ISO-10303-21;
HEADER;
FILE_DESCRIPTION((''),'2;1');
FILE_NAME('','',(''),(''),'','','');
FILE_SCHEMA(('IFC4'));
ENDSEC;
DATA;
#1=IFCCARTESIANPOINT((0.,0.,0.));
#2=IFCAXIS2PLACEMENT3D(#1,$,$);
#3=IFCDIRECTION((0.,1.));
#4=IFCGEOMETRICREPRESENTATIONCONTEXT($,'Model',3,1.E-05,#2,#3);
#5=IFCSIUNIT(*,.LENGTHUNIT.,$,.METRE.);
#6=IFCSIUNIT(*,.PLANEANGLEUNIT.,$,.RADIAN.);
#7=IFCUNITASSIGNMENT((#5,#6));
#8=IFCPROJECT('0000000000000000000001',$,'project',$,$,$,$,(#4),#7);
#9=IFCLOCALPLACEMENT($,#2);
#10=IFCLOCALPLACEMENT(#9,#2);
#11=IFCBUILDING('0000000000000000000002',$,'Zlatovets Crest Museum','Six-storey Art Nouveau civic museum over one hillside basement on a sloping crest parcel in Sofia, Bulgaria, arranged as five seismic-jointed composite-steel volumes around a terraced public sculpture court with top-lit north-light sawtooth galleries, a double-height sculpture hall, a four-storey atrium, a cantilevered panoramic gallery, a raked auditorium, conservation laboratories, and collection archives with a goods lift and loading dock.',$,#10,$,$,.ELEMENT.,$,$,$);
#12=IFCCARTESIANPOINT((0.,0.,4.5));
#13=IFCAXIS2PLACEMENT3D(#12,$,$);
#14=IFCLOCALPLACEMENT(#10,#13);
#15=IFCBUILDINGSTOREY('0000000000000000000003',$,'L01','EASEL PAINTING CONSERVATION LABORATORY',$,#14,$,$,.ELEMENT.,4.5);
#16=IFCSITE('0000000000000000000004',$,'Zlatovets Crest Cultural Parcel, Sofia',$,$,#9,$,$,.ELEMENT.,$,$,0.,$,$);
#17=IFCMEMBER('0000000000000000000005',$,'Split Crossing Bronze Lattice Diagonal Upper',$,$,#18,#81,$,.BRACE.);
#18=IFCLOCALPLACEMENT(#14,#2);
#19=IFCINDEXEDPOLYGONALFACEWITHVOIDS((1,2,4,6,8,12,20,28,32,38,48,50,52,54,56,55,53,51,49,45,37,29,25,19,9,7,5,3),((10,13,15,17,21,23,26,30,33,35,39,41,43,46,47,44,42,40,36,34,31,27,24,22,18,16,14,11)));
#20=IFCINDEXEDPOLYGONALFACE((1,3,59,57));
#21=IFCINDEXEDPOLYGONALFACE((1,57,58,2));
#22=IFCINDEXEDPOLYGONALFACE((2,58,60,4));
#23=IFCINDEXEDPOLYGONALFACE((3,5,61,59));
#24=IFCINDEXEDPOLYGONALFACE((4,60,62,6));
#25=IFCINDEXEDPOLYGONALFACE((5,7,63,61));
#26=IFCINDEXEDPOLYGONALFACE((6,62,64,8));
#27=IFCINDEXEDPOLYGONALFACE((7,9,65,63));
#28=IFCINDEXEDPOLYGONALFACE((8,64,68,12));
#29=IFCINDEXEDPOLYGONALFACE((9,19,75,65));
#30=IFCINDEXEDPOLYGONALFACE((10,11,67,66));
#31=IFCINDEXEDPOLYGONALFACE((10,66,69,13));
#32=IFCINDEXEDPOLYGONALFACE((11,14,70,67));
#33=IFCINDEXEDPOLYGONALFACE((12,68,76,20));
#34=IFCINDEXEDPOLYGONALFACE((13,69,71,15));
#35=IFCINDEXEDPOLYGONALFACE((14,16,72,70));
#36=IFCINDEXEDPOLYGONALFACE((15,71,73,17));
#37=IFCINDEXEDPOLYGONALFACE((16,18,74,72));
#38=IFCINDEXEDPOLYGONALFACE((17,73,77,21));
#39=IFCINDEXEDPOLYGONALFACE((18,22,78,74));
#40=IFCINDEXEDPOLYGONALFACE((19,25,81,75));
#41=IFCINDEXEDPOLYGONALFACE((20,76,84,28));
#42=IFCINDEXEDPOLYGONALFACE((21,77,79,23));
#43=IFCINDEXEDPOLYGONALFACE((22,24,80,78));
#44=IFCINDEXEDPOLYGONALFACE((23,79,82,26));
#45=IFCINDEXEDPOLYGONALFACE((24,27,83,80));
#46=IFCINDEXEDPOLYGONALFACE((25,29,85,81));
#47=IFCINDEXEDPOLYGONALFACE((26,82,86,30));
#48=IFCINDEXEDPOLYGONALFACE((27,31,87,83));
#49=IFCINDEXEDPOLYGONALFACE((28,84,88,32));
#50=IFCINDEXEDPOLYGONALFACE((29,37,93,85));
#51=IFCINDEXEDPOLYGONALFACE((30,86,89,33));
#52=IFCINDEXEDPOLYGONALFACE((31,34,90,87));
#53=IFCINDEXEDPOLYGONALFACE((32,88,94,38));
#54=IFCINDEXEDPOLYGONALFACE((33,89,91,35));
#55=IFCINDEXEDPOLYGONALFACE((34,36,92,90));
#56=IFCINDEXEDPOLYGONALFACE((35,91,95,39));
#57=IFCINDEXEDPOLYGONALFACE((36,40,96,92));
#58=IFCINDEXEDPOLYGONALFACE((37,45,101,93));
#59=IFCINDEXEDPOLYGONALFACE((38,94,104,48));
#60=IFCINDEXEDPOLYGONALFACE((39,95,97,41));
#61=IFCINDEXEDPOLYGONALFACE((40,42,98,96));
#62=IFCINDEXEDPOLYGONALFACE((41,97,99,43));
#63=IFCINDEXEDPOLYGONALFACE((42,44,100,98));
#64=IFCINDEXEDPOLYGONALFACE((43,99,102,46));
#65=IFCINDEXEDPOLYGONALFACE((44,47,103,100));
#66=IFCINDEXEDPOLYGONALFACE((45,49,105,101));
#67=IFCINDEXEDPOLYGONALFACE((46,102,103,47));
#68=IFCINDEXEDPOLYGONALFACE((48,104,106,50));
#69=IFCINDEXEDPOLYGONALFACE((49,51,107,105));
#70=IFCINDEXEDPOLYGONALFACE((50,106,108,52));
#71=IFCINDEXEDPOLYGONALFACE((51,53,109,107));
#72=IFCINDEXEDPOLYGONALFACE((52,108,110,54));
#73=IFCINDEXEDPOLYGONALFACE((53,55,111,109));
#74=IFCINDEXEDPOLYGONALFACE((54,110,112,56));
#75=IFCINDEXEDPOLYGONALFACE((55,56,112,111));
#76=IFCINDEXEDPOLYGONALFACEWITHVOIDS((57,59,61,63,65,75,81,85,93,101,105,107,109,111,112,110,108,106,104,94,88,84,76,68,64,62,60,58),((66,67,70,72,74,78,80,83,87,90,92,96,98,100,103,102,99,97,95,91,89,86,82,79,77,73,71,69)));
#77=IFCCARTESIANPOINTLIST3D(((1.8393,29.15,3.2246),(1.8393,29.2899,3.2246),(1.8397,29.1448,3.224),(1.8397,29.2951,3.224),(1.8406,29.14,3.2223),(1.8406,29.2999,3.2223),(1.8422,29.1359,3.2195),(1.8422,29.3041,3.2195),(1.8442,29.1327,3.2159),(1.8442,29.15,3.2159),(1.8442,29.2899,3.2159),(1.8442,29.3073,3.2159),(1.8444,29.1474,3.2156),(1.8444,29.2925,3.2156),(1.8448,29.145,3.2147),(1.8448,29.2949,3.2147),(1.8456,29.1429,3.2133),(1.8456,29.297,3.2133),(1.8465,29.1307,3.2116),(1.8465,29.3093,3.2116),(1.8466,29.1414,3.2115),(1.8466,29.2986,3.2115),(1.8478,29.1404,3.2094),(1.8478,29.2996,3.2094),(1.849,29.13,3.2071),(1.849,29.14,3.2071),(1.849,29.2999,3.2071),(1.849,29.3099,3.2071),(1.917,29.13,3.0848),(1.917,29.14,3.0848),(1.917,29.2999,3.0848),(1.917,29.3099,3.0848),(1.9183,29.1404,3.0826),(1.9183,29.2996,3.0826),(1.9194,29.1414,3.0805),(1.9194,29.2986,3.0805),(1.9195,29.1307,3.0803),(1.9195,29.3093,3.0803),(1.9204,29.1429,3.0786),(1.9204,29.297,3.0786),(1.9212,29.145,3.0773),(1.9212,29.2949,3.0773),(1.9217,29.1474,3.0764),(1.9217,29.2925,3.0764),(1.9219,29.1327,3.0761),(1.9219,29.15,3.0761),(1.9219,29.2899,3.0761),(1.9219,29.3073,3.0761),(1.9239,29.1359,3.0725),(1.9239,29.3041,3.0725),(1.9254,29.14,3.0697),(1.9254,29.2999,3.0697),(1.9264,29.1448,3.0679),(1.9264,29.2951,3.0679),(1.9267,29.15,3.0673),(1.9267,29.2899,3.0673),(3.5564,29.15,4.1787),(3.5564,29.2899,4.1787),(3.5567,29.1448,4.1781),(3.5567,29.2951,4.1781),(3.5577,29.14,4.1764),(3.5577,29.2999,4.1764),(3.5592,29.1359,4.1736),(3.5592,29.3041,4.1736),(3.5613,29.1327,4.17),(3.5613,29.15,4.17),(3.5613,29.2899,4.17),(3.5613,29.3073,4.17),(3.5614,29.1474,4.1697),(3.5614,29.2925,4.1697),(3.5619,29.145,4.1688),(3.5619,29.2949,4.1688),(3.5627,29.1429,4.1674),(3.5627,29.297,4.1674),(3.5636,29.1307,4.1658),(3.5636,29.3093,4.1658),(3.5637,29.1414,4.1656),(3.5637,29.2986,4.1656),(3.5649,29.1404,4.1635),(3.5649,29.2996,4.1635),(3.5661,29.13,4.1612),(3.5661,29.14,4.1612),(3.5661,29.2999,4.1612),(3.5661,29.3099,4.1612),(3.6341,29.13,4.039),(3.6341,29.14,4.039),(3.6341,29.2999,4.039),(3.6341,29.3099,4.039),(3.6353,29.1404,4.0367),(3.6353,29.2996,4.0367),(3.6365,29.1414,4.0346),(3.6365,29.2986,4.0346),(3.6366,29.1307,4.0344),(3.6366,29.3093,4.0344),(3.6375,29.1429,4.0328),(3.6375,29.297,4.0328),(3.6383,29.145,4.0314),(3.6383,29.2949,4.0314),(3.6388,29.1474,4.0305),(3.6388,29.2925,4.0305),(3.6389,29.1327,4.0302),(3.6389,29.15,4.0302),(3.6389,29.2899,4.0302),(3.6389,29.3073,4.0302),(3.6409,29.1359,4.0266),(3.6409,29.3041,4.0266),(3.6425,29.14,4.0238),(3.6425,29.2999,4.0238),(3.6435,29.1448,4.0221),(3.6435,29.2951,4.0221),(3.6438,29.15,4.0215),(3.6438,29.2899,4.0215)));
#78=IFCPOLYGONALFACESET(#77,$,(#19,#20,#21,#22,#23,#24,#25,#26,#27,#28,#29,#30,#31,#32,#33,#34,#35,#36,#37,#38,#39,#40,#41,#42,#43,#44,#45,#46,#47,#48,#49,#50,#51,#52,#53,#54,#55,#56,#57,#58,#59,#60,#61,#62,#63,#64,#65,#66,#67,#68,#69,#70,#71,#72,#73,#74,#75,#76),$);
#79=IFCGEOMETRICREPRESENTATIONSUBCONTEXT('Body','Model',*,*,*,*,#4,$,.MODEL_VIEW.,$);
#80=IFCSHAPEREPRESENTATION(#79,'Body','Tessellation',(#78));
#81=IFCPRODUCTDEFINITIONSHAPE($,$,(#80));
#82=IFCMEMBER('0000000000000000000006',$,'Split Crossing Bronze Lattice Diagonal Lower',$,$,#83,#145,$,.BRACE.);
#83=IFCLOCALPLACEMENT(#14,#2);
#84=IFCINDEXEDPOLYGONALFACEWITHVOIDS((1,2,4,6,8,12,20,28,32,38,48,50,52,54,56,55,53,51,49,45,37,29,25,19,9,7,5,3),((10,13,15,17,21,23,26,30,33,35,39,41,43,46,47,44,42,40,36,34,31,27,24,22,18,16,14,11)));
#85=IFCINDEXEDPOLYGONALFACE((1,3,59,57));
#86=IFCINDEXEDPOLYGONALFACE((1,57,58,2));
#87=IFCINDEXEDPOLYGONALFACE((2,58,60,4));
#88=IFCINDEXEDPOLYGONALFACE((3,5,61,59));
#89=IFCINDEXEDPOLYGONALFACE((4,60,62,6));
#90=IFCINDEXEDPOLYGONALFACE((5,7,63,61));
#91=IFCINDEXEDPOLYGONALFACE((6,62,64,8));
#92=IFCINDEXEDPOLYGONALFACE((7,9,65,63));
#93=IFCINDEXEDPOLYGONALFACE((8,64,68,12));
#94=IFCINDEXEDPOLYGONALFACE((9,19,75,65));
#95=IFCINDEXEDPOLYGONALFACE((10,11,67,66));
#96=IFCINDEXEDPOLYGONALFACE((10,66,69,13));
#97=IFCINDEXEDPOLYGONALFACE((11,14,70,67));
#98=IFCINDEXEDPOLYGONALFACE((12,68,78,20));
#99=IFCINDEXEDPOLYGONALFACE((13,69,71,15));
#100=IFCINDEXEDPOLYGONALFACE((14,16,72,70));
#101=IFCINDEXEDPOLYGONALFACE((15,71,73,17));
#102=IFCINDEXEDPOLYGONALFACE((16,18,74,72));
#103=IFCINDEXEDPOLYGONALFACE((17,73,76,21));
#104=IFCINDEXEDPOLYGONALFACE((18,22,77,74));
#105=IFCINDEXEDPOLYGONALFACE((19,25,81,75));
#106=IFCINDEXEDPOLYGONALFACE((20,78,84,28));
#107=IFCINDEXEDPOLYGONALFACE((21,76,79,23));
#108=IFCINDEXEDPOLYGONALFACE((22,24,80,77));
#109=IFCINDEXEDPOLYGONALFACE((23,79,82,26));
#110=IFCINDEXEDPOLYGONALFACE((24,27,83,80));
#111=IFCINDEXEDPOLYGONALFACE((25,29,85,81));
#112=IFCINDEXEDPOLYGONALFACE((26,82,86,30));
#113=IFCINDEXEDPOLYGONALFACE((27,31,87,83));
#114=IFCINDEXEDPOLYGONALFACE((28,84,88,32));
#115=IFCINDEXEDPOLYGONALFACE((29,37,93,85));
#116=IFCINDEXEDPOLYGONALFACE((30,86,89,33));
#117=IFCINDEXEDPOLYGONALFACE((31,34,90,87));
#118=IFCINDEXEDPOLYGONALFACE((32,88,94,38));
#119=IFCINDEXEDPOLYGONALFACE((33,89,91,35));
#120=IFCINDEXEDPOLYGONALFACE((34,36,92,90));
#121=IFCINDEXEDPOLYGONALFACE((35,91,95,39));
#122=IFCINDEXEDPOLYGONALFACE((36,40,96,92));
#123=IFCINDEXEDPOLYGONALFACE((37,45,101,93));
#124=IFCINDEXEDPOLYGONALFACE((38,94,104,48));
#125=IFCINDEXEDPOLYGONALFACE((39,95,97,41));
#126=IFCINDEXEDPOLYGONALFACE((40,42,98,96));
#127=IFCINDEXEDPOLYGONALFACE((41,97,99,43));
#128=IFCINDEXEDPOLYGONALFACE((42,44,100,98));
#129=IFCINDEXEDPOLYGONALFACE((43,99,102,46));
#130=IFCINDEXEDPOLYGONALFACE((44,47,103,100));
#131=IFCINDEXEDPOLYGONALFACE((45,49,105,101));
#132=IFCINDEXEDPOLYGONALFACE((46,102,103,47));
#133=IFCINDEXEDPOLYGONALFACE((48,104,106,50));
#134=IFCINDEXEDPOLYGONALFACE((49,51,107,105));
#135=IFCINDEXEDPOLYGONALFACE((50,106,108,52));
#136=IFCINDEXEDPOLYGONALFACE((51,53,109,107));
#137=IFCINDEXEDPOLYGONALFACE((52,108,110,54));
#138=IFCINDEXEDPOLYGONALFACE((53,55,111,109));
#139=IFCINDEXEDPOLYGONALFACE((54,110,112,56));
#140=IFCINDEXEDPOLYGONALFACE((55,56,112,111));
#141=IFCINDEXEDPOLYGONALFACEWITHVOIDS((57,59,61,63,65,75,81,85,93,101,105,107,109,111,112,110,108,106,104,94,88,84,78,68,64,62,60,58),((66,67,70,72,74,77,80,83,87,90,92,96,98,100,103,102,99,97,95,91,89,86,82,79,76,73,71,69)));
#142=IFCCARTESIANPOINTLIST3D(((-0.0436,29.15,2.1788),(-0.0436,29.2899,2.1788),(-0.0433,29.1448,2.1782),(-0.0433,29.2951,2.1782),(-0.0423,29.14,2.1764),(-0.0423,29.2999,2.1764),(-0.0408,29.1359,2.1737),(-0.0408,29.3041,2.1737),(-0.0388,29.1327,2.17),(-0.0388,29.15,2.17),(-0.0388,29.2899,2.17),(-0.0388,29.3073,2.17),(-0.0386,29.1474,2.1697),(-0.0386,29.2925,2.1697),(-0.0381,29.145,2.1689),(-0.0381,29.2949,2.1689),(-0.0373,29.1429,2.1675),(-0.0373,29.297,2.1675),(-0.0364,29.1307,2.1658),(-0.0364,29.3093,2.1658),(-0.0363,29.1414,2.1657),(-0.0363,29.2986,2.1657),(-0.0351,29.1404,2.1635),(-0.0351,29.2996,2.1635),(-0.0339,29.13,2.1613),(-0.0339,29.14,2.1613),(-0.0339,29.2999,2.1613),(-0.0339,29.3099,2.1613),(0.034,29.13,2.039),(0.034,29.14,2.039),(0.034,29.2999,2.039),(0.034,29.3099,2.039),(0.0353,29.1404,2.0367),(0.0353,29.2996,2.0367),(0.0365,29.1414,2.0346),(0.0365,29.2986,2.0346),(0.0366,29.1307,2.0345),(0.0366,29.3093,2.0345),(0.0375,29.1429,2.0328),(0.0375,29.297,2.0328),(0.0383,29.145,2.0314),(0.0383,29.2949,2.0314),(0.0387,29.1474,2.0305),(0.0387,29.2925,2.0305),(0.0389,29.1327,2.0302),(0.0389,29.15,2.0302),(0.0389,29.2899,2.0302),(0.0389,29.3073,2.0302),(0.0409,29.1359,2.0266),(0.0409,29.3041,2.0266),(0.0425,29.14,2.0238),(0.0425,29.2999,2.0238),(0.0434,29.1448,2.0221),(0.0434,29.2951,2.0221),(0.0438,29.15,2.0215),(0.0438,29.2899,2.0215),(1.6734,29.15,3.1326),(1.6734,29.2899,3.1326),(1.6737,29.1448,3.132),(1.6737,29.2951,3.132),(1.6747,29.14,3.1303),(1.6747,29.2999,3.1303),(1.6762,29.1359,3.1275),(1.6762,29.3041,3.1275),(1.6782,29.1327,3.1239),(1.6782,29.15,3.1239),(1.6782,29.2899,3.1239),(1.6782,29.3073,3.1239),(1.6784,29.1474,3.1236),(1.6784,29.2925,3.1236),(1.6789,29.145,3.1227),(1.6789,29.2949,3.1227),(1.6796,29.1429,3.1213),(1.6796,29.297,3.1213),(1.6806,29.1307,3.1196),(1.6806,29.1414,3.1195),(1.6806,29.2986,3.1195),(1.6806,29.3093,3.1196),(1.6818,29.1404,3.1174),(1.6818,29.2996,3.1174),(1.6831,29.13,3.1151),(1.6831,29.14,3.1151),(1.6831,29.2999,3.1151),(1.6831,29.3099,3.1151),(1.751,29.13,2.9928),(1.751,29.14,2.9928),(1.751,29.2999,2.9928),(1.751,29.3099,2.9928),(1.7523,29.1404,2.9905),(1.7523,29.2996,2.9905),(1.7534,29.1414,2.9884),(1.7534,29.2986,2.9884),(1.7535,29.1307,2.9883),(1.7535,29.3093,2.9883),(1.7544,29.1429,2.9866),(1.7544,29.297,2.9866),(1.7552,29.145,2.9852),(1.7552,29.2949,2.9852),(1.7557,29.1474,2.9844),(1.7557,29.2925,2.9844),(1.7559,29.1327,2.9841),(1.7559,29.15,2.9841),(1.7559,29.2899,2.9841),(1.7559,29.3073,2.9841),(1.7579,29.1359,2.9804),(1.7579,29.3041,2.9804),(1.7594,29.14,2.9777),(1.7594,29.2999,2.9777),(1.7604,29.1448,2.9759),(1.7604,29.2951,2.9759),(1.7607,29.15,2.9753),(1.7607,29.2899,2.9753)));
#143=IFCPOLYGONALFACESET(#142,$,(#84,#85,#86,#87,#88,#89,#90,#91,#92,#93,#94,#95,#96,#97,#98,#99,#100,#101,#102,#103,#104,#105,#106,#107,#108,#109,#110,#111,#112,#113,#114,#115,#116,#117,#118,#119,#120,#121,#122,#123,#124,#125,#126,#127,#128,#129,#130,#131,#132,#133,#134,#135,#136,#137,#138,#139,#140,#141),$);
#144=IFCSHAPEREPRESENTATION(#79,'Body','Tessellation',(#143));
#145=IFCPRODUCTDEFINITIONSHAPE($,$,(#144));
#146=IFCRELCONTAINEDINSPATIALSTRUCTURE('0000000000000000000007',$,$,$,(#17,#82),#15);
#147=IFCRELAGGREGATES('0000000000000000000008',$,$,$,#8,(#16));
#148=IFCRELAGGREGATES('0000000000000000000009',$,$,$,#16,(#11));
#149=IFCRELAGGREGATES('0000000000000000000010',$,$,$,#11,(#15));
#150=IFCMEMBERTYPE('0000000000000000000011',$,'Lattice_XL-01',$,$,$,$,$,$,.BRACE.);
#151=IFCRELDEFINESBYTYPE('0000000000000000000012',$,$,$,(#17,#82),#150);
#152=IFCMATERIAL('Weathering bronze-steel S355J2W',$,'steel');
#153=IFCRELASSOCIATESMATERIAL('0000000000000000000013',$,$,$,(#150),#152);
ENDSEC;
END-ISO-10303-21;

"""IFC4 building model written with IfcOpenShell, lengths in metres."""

from ifc_helpers import new_model, si_unit, direction, frame, origin, origin_2d, place, context, subcontext, project, spatial, hollow_rectangle, extrude, material, material_profile, profile_set, type_object, element, save


model = new_model("IFC4")

# Units and contexts
model_context = context("Model", 3, precision=1e-05, world=origin(), true_north=direction((0.0, 1.0)))
body_context = subcontext(model_context, "Body", "Model", "MODEL_VIEW")
ifc_project = project(units=[si_unit("LENGTHUNIT", "METRE"), si_unit("PLANEANGLEUNIT", "RADIAN")], contexts=[model_context])

# Site, building, storey
site_placement = place(None, origin())
site = spatial("IfcSite", under=ifc_project, at=site_placement, Name="Zlatovets Crest Cultural Parcel, Sofia", CompositionType="ELEMENT", RefElevation=0.0)
building_placement = place(site_placement, origin())
building = spatial("IfcBuilding", under=site, at=building_placement, Name="Zlatovets Crest Museum", Description="Six-storey Art Nouveau civic museum over one hillside basement on a sloping crest parcel in Sofia, Bulgaria, arranged as five seismic-jointed composite-steel volumes around a terraced public sculpture court with top-lit north-light sawtooth galleries, a double-height sculpture hall, a four-storey atrium, a cantilevered panoramic gallery, a raked auditorium, conservation laboratories, and collection archives with a goods lift and loading dock.", CompositionType="ELEMENT")
storey_placement = place(building_placement, frame((0.0, 0.0, 4.5)))
storey = spatial("IfcBuildingStorey", under=building, at=storey_placement, Name="L01", Description="EASEL PAINTING CONSERVATION LABORATORY", CompositionType="ELEMENT", Elevation=4.5)

# Members
ifc_material_1 = material(Name="Weathering bronze-steel S355J2W", Category="steel")
ifc_material_profile_1 = material_profile(ifc_material_1, hollow_rectangle(XDim=0.1799, YDim=0.1799, WallThickness=0.01, InnerFilletRadius=0.01, OuterFilletRadius=0.02, at=origin_2d()), Name="SHS 180x180x10.0")
ifc_profile_set_1 = profile_set([ifc_material_profile_1], Name="Weathering bronze-steel S355J2W")
member_type_1 = type_object("IfcMemberType", Name="Lattice_XL-01", PredefinedType="BRACE", material=ifc_profile_set_1)
member_1_placement = place(storey_placement, frame((3.6001, 29.22, 4.1001), z_axis=(-0.874116, 0.0, -0.485717), x_axis=(0.0, -1.0, 0.0)))
element("IfcMember", 1, at=member_1_placement, inside=storey, type_object=member_type_1, Name="Split Crossing Bronze Lattice Diagonal Upper", PredefinedType="BRACE", context=body_context, shape_type="SweptSolid", body=[
    extrude(hollow_rectangle(XDim=0.1799, YDim=0.1799, WallThickness=0.01, InnerFilletRadius=0.01, OuterFilletRadius=0.02, at=origin_2d()), origin(), (0.0, 0.0, 1.0), 1.9644),
])
member_2_placement = place(storey_placement, frame((1.717, 29.22, 3.054), z_axis=(-0.874169, 0.0, -0.485622), x_axis=(0.0, -1.0, 0.0)))
element("IfcMember", 2, at=member_2_placement, inside=storey, type_object=member_type_1, Name="Split Crossing Bronze Lattice Diagonal Lower", PredefinedType="BRACE", context=body_context, shape_type="SweptSolid", body=[
    extrude(hollow_rectangle(XDim=0.1799, YDim=0.1799, WallThickness=0.01, InnerFilletRadius=0.01, OuterFilletRadius=0.02, at=origin_2d()), origin(), (0.0, 0.0, 1.0), 1.9641),
])

save(model, "model.ifc")
